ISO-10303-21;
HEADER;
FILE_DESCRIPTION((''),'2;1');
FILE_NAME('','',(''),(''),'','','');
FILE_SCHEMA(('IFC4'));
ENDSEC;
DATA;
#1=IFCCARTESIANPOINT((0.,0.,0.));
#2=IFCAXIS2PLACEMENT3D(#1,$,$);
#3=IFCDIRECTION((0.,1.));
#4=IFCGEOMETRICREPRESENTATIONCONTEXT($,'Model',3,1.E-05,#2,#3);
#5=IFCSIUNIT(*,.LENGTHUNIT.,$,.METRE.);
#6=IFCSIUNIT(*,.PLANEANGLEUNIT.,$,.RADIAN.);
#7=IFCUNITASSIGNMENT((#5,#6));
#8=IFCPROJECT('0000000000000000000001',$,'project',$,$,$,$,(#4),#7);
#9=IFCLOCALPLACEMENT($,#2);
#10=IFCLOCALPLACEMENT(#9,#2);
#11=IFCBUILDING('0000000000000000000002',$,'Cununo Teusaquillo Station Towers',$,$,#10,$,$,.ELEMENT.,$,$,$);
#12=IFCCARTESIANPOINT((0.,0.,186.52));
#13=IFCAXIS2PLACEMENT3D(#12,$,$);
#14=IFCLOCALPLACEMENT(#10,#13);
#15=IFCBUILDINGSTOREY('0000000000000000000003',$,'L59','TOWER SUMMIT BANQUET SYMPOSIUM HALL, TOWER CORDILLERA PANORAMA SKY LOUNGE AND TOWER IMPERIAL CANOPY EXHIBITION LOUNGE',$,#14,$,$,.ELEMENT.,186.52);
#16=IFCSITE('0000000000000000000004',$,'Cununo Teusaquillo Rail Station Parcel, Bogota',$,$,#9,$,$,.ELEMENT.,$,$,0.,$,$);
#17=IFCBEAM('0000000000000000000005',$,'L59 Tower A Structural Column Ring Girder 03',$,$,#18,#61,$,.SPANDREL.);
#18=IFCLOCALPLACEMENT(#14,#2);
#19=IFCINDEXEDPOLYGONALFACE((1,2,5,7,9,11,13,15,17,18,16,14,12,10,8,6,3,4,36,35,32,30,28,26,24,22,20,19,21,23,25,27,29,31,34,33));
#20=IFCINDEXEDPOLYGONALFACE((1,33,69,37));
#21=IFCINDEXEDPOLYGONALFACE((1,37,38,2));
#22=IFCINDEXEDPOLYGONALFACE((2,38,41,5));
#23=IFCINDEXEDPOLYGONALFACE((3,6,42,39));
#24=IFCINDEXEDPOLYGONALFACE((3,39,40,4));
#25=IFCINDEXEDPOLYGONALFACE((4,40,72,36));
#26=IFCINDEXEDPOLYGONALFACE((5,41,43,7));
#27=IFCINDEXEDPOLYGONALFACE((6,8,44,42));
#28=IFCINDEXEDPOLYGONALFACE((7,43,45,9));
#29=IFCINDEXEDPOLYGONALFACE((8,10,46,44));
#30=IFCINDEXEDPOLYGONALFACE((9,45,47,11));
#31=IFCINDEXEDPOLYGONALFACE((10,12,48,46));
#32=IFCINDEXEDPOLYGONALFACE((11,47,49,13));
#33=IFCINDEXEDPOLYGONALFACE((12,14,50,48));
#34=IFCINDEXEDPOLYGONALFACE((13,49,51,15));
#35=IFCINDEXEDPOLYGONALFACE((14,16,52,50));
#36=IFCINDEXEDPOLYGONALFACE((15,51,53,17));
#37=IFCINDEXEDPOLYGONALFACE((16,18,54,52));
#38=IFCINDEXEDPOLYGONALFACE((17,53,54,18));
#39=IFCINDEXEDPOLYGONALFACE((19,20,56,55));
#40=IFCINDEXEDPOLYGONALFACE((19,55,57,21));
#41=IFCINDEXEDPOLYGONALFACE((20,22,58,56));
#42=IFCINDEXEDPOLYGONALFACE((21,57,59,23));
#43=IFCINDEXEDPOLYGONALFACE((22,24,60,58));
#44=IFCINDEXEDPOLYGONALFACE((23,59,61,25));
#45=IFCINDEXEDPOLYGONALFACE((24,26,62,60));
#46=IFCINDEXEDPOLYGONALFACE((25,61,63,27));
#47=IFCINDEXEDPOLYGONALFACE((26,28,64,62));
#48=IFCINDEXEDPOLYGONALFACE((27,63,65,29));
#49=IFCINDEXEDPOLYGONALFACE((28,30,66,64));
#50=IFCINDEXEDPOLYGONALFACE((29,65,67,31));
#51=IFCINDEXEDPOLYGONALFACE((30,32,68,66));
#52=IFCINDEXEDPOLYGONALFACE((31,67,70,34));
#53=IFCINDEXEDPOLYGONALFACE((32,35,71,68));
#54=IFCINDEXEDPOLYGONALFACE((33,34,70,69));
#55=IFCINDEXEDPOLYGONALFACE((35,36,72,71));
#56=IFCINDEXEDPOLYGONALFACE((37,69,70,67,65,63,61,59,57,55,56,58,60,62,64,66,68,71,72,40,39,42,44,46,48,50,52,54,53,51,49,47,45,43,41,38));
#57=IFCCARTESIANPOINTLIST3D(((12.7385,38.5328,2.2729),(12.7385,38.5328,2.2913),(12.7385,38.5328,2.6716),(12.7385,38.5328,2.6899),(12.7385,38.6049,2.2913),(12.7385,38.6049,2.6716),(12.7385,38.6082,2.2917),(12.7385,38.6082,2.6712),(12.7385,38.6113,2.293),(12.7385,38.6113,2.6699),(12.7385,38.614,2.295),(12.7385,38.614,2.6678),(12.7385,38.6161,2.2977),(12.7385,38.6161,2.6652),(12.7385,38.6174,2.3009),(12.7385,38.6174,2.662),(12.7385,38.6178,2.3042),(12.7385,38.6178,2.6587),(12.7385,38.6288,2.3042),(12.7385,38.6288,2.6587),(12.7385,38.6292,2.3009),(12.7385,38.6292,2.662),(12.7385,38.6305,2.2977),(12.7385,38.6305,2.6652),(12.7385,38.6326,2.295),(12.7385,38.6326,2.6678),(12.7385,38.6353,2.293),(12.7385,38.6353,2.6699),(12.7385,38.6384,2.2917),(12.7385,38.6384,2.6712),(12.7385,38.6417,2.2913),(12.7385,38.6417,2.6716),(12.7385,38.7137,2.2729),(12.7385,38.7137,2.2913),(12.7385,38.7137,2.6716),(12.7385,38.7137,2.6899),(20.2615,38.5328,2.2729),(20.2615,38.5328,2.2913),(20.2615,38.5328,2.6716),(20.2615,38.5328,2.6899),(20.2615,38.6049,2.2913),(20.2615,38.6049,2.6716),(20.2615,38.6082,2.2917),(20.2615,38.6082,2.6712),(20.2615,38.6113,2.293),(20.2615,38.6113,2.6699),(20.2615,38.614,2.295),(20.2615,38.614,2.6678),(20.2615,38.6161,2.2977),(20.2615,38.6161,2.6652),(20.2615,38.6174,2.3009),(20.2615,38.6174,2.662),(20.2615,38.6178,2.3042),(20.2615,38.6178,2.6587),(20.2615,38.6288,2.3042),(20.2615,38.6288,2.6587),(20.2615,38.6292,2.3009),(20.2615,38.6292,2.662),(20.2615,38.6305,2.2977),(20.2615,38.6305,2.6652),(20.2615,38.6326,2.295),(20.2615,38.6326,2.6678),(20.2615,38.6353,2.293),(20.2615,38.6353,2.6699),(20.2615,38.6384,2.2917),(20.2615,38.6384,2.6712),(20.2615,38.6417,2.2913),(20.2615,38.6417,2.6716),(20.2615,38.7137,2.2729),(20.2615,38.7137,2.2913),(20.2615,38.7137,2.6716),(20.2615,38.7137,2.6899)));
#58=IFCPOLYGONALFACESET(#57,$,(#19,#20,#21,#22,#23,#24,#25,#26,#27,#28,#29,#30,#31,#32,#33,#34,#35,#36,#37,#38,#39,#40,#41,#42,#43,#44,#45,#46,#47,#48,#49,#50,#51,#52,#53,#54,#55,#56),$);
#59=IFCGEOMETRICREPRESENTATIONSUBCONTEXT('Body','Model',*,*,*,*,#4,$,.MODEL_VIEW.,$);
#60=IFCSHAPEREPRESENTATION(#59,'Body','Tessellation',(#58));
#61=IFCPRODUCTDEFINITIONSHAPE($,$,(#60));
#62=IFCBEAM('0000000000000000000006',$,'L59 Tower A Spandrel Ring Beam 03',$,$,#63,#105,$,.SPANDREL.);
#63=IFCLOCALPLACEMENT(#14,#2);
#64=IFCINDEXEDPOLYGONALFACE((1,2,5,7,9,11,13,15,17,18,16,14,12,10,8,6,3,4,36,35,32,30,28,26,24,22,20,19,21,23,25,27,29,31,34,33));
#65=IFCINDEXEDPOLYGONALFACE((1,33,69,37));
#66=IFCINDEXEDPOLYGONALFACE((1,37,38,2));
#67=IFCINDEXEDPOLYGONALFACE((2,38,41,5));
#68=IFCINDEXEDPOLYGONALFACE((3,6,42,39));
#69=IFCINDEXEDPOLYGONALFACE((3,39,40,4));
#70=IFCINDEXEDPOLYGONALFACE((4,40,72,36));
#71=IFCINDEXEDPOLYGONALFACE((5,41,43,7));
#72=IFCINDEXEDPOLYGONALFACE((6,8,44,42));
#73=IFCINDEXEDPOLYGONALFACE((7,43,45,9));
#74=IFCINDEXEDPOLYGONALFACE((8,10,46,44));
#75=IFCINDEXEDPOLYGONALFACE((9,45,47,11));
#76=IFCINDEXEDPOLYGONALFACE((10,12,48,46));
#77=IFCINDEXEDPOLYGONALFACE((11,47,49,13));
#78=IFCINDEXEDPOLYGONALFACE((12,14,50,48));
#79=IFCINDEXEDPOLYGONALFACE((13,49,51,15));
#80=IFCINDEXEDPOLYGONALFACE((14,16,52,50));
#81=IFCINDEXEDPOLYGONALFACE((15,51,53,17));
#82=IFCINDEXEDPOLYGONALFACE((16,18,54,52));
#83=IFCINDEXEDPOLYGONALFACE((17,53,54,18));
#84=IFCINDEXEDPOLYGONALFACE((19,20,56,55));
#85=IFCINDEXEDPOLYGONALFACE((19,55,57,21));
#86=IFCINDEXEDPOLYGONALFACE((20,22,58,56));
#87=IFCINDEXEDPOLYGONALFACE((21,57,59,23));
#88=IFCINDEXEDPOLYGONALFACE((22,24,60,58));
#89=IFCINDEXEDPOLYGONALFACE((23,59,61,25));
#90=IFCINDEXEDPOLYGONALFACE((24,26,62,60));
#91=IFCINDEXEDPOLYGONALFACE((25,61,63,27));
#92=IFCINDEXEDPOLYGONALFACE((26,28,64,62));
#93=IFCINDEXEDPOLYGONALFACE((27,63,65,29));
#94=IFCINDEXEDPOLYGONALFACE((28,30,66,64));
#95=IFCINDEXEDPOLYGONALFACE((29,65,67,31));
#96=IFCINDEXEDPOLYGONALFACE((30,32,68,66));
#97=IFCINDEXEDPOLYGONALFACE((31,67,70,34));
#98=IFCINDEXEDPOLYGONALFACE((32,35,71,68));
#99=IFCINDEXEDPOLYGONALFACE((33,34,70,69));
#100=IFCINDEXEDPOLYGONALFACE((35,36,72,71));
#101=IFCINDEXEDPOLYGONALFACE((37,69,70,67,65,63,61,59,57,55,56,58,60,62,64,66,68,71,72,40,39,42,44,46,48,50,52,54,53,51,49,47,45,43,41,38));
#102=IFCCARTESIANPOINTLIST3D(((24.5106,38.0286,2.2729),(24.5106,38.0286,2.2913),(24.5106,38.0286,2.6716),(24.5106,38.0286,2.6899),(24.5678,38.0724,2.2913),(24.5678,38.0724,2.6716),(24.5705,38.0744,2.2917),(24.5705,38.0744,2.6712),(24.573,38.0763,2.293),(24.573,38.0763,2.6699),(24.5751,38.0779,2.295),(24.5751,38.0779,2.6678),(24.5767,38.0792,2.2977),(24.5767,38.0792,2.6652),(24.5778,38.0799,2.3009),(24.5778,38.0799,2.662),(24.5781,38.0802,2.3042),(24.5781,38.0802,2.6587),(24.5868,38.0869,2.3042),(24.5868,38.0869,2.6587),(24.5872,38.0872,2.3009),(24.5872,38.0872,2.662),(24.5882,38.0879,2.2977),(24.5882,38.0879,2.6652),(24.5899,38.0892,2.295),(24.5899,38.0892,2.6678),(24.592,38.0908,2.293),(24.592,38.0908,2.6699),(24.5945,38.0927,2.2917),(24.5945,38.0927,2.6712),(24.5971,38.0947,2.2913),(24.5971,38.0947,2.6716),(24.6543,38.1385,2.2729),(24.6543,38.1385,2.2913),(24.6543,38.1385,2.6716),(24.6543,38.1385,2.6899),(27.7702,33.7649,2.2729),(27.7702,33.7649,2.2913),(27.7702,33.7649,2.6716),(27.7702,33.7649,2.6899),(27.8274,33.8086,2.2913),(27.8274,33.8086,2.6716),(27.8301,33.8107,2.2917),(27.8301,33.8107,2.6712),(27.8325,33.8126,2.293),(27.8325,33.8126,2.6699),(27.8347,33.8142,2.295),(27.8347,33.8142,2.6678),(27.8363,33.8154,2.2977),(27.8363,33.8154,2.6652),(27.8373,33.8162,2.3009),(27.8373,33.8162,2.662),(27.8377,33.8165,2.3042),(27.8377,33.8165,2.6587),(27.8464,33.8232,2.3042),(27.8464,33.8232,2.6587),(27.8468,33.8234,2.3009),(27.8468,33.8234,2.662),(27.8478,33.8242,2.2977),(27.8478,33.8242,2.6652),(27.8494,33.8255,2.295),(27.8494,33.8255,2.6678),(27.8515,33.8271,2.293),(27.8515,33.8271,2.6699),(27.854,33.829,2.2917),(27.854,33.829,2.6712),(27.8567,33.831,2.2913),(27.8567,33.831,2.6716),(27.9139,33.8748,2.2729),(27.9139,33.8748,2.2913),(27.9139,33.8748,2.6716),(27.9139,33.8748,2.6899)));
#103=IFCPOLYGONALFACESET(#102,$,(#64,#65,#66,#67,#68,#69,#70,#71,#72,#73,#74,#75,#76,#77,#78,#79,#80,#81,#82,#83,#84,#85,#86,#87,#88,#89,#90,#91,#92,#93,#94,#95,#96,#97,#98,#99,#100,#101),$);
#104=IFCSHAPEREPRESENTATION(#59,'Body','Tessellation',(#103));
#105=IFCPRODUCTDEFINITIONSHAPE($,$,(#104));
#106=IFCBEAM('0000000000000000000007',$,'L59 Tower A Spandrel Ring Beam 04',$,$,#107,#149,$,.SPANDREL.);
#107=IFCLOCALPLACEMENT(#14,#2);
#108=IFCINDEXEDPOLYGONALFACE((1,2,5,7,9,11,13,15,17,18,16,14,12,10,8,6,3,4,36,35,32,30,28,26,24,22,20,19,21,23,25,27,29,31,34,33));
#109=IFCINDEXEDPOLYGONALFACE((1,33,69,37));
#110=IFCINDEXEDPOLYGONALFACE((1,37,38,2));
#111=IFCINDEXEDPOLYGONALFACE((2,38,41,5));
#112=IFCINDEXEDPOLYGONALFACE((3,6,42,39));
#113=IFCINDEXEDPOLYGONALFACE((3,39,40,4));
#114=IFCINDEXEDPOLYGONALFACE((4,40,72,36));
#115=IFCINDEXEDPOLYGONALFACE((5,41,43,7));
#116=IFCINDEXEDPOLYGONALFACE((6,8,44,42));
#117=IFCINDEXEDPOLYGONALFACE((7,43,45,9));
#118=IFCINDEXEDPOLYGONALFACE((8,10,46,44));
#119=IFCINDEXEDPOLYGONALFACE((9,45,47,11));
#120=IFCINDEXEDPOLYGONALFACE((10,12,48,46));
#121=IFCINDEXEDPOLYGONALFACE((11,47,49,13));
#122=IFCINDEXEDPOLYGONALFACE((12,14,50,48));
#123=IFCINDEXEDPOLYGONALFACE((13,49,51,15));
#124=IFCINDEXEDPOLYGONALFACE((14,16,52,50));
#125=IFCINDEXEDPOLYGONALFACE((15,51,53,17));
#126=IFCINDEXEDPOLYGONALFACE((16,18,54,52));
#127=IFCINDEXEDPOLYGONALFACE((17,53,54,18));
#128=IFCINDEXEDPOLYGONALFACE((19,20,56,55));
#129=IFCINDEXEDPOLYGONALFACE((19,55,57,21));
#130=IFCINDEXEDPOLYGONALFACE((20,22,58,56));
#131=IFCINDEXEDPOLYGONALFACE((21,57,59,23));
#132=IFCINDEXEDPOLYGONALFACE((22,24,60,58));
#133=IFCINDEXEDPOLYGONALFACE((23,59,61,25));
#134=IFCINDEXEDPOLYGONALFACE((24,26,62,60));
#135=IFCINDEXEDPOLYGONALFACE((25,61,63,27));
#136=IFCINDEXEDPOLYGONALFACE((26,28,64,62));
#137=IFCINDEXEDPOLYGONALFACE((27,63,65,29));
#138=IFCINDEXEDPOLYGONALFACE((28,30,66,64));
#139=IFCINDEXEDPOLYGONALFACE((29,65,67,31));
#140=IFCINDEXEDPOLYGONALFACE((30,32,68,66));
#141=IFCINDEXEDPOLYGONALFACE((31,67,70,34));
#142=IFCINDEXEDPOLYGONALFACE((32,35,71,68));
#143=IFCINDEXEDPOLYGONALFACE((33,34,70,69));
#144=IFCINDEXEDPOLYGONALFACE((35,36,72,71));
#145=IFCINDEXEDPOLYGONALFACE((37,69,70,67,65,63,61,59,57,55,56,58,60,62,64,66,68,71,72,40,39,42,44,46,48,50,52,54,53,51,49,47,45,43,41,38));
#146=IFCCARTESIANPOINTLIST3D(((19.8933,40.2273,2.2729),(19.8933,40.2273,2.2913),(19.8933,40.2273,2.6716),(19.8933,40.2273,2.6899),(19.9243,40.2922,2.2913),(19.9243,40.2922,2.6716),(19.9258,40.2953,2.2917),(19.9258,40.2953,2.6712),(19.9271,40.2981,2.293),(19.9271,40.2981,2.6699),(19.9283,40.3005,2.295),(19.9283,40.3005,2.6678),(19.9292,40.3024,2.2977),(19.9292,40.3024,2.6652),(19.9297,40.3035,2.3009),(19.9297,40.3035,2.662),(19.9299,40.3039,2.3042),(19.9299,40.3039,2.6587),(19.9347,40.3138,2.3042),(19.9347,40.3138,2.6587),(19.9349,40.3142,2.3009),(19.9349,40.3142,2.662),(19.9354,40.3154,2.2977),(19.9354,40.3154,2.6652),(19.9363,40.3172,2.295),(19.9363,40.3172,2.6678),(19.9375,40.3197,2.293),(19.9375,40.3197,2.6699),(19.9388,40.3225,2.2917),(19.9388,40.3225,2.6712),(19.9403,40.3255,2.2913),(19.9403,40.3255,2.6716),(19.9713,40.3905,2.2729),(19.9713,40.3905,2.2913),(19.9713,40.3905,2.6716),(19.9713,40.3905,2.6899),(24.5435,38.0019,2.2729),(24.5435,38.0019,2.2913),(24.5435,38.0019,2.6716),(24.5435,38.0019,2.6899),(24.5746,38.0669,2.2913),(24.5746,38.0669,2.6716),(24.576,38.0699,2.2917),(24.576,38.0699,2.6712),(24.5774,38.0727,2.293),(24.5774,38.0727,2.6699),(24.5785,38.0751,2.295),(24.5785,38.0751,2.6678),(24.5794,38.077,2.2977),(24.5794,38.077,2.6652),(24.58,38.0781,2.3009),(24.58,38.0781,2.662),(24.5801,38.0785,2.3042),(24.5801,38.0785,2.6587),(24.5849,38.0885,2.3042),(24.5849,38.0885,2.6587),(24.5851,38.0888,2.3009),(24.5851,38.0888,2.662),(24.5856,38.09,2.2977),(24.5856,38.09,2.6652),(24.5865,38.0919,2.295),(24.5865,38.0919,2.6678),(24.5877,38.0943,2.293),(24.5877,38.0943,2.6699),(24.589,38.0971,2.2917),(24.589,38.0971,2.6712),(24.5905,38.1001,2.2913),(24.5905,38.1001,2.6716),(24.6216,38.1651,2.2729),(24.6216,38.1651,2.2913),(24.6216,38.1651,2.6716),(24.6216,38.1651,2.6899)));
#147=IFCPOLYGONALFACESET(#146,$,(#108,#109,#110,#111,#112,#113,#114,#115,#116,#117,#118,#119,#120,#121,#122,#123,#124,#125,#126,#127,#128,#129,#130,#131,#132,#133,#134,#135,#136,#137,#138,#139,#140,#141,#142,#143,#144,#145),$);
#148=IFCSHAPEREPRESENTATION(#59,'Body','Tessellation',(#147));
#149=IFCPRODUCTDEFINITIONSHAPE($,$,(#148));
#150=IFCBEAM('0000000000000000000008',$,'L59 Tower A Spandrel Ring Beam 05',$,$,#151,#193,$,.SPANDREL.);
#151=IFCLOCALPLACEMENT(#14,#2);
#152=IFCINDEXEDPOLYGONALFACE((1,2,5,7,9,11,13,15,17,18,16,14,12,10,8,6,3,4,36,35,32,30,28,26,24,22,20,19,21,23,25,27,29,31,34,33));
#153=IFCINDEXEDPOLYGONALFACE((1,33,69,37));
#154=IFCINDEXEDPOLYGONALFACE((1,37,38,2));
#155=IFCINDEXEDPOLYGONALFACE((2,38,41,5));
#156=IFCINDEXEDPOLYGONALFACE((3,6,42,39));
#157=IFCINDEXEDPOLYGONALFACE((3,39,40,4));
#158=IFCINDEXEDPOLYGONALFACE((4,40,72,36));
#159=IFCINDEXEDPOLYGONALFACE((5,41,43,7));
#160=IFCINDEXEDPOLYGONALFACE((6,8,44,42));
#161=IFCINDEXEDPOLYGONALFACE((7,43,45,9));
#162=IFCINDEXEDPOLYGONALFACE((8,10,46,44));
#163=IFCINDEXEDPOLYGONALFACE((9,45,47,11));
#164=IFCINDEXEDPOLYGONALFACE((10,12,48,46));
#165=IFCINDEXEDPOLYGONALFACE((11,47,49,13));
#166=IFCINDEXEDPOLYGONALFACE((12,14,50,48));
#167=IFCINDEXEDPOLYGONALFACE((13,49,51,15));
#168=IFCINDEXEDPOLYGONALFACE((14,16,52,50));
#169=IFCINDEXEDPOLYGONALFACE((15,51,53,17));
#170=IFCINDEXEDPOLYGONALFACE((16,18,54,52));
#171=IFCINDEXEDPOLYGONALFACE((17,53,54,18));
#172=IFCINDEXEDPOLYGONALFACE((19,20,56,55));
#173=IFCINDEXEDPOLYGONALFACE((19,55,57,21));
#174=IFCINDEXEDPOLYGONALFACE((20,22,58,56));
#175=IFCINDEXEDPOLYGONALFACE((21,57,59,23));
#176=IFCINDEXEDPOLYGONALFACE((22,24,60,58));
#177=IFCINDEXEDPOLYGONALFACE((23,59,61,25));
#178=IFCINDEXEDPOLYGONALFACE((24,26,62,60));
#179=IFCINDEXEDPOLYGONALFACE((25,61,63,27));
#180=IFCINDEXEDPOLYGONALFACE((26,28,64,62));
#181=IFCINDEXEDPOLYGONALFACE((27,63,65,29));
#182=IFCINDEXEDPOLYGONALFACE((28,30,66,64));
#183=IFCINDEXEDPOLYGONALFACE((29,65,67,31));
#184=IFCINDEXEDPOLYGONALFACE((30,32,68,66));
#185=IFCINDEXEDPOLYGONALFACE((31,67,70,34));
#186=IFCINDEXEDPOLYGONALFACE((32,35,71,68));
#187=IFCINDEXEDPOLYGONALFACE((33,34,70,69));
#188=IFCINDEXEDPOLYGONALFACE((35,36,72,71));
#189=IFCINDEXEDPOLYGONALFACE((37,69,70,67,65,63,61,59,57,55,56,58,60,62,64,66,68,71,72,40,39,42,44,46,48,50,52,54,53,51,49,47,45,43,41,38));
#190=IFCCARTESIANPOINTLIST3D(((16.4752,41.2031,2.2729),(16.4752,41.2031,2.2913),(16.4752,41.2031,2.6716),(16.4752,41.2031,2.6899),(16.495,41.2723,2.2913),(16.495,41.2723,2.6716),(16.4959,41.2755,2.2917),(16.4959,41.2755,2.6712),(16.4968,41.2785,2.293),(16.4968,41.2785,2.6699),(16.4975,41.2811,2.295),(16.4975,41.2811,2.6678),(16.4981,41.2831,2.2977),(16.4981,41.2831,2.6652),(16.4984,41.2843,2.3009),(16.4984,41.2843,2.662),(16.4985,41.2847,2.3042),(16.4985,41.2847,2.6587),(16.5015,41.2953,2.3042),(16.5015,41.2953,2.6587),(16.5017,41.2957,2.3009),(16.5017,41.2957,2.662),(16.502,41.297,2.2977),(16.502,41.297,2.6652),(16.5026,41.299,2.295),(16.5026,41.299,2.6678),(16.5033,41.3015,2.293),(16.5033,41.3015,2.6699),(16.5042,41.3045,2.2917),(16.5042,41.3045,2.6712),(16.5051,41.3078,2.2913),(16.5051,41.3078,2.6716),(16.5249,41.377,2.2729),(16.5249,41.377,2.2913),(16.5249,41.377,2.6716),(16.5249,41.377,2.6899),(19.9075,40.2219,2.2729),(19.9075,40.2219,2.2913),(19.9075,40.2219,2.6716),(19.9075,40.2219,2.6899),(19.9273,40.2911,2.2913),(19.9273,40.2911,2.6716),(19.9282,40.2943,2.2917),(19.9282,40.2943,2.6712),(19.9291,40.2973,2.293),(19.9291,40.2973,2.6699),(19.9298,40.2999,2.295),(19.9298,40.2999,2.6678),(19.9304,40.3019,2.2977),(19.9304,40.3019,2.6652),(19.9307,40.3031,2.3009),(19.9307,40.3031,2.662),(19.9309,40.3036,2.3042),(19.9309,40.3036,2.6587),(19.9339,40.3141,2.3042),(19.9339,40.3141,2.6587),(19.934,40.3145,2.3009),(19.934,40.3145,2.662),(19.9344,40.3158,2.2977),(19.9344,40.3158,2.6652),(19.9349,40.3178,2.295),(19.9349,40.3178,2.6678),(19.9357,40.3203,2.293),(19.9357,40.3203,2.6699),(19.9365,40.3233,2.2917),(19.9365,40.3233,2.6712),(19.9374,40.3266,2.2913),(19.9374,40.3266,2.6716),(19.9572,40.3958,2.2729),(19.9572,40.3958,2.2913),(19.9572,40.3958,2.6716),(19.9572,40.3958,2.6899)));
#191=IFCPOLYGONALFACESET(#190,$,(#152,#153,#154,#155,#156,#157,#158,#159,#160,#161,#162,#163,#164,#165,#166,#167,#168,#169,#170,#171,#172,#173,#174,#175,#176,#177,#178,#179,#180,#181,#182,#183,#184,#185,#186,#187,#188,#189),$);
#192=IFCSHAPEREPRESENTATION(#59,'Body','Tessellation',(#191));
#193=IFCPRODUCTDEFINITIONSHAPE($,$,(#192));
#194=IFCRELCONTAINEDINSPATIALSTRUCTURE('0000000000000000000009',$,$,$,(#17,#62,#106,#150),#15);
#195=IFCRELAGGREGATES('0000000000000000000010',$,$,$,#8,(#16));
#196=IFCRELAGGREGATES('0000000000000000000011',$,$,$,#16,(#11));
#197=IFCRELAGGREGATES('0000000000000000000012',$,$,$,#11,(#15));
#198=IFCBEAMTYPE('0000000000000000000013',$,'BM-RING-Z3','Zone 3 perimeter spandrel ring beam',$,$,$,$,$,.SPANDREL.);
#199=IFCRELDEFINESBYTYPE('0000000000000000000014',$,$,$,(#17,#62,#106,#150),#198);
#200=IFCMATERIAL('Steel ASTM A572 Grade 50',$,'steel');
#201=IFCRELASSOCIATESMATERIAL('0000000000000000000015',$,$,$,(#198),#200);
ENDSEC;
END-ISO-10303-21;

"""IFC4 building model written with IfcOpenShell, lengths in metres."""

from ifc_helpers import new_model, si_unit, direction, frame, origin, origin_2d, place, context, subcontext, project, spatial, i_section, extrude, material, material_profile, profile_set, type_object, element, save


model = new_model("IFC4")

# Units and contexts
model_context = context("Model", 3, precision=1e-05, world=origin(), true_north=direction((0.0, 1.0)))
body_context = subcontext(model_context, "Body", "Model", "MODEL_VIEW")
ifc_project = project(units=[si_unit("LENGTHUNIT", "METRE"), si_unit("PLANEANGLEUNIT", "RADIAN")], contexts=[model_context])

# Site, building, storey
site_placement = place(None, origin())
site = spatial("IfcSite", under=ifc_project, at=site_placement, Name="Cununo Teusaquillo Rail Station Parcel, Bogota", CompositionType="ELEMENT", RefElevation=0.0)
building_placement = place(site_placement, origin())
building = spatial("IfcBuilding", under=site, at=building_placement, Name="Cununo Teusaquillo Station Towers", CompositionType="ELEMENT")
storey_placement = place(building_placement, frame((0.0, 0.0, 186.52)))
storey = spatial("IfcBuildingStorey", under=building, at=storey_placement, Name="L59", Description="TOWER SUMMIT BANQUET SYMPOSIUM HALL, TOWER CORDILLERA PANORAMA SKY LOUNGE AND TOWER IMPERIAL CANOPY EXHIBITION LOUNGE", CompositionType="ELEMENT", Elevation=186.52)

# Beams
ifc_material_1 = material(Name="Steel ASTM A572 Grade 50", Category="steel")
ifc_material_profile_1 = material_profile(ifc_material_1, i_section(OverallWidth=0.1809, OverallDepth=0.417, WebThickness=0.011, FlangeThickness=0.0183, FilletRadius=0.0129, at=origin_2d()), Name="W16X57")
ifc_profile_set_1 = profile_set([ifc_material_profile_1], Name="Steel ASTM A572 Grade 50")
beam_type_1 = type_object("IfcBeamType", Name="BM-RING-Z3", Description="Zone 3 perimeter spandrel ring beam", PredefinedType="SPANDREL", material=ifc_profile_set_1)
beam_1_placement = place(storey_placement, frame((20.2615, 38.6233, 2.4814), z_axis=(-1.0, 0.0, 0.0), x_axis=(0.0, -1.0, 0.0)))
element("IfcBeam", 1, at=beam_1_placement, inside=storey, type_object=beam_type_1, Name="L59 Tower A Structural Column Ring Girder 03", PredefinedType="SPANDREL", context=body_context, shape_type="SweptSolid", body=[
    extrude(i_section(OverallWidth=0.1809, OverallDepth=0.417, WebThickness=0.011, FlangeThickness=0.0183, FilletRadius=0.0129, at=origin_2d()), origin(), (0.0, 0.0, 1.0), 7.5229),
])
beam_2_placement = place(storey_placement, frame((27.842, 33.8198, 2.4814), z_axis=(-0.60734, 0.794442, 0.0), x_axis=(-0.794442, -0.60734, 0.0)))
element("IfcBeam", 2, at=beam_2_placement, inside=storey, type_object=beam_type_1, Name="L59 Tower A Spandrel Ring Beam 03", PredefinedType="SPANDREL", context=body_context, shape_type="SweptSolid", body=[
    extrude(i_section(OverallWidth=0.1809, OverallDepth=0.417, WebThickness=0.011, FlangeThickness=0.0183, FilletRadius=0.0129, at=origin_2d()), origin(), (0.0, 0.0, 1.0), 5.3669),
])
beam_3_placement = place(storey_placement, frame((24.5825, 38.0835, 2.4814), z_axis=(-0.902032, 0.43167, 0.0), x_axis=(-0.43167, -0.902032, 0.0)))
element("IfcBeam", 3, at=beam_3_placement, inside=storey, type_object=beam_type_1, Name="L59 Tower A Spandrel Ring Beam 04", PredefinedType="SPANDREL", context=body_context, shape_type="SweptSolid", body=[
    extrude(i_section(OverallWidth=0.1809, OverallDepth=0.417, WebThickness=0.011, FlangeThickness=0.0183, FilletRadius=0.0129, at=origin_2d()), origin(), (0.0, 0.0, 1.0), 5.1553),
])
for number, where, z_axis, x_axis, name in (
    (4, (19.9324, 40.3088, 2.4814), (-0.961485, 0.274857, 0.0), (-0.274857, -0.961485, 0.0), "L59 Tower A Spandrel Ring Beam 05"),
):
    element("IfcBeam", number, at=place(storey_placement, frame(where, z_axis=z_axis, x_axis=x_axis)), inside=storey, type_object=beam_type_1, Name=name, PredefinedType="SPANDREL", context=body_context, shape_type="SweptSolid", body=[
        extrude(i_section(OverallWidth=0.1809, OverallDepth=0.417, WebThickness=0.011, FlangeThickness=0.0183, FilletRadius=0.0129, at=origin_2d()), origin(), (0.0, 0.0, 1.0), 3.5698),
    ])

save(model, "model.ifc")
